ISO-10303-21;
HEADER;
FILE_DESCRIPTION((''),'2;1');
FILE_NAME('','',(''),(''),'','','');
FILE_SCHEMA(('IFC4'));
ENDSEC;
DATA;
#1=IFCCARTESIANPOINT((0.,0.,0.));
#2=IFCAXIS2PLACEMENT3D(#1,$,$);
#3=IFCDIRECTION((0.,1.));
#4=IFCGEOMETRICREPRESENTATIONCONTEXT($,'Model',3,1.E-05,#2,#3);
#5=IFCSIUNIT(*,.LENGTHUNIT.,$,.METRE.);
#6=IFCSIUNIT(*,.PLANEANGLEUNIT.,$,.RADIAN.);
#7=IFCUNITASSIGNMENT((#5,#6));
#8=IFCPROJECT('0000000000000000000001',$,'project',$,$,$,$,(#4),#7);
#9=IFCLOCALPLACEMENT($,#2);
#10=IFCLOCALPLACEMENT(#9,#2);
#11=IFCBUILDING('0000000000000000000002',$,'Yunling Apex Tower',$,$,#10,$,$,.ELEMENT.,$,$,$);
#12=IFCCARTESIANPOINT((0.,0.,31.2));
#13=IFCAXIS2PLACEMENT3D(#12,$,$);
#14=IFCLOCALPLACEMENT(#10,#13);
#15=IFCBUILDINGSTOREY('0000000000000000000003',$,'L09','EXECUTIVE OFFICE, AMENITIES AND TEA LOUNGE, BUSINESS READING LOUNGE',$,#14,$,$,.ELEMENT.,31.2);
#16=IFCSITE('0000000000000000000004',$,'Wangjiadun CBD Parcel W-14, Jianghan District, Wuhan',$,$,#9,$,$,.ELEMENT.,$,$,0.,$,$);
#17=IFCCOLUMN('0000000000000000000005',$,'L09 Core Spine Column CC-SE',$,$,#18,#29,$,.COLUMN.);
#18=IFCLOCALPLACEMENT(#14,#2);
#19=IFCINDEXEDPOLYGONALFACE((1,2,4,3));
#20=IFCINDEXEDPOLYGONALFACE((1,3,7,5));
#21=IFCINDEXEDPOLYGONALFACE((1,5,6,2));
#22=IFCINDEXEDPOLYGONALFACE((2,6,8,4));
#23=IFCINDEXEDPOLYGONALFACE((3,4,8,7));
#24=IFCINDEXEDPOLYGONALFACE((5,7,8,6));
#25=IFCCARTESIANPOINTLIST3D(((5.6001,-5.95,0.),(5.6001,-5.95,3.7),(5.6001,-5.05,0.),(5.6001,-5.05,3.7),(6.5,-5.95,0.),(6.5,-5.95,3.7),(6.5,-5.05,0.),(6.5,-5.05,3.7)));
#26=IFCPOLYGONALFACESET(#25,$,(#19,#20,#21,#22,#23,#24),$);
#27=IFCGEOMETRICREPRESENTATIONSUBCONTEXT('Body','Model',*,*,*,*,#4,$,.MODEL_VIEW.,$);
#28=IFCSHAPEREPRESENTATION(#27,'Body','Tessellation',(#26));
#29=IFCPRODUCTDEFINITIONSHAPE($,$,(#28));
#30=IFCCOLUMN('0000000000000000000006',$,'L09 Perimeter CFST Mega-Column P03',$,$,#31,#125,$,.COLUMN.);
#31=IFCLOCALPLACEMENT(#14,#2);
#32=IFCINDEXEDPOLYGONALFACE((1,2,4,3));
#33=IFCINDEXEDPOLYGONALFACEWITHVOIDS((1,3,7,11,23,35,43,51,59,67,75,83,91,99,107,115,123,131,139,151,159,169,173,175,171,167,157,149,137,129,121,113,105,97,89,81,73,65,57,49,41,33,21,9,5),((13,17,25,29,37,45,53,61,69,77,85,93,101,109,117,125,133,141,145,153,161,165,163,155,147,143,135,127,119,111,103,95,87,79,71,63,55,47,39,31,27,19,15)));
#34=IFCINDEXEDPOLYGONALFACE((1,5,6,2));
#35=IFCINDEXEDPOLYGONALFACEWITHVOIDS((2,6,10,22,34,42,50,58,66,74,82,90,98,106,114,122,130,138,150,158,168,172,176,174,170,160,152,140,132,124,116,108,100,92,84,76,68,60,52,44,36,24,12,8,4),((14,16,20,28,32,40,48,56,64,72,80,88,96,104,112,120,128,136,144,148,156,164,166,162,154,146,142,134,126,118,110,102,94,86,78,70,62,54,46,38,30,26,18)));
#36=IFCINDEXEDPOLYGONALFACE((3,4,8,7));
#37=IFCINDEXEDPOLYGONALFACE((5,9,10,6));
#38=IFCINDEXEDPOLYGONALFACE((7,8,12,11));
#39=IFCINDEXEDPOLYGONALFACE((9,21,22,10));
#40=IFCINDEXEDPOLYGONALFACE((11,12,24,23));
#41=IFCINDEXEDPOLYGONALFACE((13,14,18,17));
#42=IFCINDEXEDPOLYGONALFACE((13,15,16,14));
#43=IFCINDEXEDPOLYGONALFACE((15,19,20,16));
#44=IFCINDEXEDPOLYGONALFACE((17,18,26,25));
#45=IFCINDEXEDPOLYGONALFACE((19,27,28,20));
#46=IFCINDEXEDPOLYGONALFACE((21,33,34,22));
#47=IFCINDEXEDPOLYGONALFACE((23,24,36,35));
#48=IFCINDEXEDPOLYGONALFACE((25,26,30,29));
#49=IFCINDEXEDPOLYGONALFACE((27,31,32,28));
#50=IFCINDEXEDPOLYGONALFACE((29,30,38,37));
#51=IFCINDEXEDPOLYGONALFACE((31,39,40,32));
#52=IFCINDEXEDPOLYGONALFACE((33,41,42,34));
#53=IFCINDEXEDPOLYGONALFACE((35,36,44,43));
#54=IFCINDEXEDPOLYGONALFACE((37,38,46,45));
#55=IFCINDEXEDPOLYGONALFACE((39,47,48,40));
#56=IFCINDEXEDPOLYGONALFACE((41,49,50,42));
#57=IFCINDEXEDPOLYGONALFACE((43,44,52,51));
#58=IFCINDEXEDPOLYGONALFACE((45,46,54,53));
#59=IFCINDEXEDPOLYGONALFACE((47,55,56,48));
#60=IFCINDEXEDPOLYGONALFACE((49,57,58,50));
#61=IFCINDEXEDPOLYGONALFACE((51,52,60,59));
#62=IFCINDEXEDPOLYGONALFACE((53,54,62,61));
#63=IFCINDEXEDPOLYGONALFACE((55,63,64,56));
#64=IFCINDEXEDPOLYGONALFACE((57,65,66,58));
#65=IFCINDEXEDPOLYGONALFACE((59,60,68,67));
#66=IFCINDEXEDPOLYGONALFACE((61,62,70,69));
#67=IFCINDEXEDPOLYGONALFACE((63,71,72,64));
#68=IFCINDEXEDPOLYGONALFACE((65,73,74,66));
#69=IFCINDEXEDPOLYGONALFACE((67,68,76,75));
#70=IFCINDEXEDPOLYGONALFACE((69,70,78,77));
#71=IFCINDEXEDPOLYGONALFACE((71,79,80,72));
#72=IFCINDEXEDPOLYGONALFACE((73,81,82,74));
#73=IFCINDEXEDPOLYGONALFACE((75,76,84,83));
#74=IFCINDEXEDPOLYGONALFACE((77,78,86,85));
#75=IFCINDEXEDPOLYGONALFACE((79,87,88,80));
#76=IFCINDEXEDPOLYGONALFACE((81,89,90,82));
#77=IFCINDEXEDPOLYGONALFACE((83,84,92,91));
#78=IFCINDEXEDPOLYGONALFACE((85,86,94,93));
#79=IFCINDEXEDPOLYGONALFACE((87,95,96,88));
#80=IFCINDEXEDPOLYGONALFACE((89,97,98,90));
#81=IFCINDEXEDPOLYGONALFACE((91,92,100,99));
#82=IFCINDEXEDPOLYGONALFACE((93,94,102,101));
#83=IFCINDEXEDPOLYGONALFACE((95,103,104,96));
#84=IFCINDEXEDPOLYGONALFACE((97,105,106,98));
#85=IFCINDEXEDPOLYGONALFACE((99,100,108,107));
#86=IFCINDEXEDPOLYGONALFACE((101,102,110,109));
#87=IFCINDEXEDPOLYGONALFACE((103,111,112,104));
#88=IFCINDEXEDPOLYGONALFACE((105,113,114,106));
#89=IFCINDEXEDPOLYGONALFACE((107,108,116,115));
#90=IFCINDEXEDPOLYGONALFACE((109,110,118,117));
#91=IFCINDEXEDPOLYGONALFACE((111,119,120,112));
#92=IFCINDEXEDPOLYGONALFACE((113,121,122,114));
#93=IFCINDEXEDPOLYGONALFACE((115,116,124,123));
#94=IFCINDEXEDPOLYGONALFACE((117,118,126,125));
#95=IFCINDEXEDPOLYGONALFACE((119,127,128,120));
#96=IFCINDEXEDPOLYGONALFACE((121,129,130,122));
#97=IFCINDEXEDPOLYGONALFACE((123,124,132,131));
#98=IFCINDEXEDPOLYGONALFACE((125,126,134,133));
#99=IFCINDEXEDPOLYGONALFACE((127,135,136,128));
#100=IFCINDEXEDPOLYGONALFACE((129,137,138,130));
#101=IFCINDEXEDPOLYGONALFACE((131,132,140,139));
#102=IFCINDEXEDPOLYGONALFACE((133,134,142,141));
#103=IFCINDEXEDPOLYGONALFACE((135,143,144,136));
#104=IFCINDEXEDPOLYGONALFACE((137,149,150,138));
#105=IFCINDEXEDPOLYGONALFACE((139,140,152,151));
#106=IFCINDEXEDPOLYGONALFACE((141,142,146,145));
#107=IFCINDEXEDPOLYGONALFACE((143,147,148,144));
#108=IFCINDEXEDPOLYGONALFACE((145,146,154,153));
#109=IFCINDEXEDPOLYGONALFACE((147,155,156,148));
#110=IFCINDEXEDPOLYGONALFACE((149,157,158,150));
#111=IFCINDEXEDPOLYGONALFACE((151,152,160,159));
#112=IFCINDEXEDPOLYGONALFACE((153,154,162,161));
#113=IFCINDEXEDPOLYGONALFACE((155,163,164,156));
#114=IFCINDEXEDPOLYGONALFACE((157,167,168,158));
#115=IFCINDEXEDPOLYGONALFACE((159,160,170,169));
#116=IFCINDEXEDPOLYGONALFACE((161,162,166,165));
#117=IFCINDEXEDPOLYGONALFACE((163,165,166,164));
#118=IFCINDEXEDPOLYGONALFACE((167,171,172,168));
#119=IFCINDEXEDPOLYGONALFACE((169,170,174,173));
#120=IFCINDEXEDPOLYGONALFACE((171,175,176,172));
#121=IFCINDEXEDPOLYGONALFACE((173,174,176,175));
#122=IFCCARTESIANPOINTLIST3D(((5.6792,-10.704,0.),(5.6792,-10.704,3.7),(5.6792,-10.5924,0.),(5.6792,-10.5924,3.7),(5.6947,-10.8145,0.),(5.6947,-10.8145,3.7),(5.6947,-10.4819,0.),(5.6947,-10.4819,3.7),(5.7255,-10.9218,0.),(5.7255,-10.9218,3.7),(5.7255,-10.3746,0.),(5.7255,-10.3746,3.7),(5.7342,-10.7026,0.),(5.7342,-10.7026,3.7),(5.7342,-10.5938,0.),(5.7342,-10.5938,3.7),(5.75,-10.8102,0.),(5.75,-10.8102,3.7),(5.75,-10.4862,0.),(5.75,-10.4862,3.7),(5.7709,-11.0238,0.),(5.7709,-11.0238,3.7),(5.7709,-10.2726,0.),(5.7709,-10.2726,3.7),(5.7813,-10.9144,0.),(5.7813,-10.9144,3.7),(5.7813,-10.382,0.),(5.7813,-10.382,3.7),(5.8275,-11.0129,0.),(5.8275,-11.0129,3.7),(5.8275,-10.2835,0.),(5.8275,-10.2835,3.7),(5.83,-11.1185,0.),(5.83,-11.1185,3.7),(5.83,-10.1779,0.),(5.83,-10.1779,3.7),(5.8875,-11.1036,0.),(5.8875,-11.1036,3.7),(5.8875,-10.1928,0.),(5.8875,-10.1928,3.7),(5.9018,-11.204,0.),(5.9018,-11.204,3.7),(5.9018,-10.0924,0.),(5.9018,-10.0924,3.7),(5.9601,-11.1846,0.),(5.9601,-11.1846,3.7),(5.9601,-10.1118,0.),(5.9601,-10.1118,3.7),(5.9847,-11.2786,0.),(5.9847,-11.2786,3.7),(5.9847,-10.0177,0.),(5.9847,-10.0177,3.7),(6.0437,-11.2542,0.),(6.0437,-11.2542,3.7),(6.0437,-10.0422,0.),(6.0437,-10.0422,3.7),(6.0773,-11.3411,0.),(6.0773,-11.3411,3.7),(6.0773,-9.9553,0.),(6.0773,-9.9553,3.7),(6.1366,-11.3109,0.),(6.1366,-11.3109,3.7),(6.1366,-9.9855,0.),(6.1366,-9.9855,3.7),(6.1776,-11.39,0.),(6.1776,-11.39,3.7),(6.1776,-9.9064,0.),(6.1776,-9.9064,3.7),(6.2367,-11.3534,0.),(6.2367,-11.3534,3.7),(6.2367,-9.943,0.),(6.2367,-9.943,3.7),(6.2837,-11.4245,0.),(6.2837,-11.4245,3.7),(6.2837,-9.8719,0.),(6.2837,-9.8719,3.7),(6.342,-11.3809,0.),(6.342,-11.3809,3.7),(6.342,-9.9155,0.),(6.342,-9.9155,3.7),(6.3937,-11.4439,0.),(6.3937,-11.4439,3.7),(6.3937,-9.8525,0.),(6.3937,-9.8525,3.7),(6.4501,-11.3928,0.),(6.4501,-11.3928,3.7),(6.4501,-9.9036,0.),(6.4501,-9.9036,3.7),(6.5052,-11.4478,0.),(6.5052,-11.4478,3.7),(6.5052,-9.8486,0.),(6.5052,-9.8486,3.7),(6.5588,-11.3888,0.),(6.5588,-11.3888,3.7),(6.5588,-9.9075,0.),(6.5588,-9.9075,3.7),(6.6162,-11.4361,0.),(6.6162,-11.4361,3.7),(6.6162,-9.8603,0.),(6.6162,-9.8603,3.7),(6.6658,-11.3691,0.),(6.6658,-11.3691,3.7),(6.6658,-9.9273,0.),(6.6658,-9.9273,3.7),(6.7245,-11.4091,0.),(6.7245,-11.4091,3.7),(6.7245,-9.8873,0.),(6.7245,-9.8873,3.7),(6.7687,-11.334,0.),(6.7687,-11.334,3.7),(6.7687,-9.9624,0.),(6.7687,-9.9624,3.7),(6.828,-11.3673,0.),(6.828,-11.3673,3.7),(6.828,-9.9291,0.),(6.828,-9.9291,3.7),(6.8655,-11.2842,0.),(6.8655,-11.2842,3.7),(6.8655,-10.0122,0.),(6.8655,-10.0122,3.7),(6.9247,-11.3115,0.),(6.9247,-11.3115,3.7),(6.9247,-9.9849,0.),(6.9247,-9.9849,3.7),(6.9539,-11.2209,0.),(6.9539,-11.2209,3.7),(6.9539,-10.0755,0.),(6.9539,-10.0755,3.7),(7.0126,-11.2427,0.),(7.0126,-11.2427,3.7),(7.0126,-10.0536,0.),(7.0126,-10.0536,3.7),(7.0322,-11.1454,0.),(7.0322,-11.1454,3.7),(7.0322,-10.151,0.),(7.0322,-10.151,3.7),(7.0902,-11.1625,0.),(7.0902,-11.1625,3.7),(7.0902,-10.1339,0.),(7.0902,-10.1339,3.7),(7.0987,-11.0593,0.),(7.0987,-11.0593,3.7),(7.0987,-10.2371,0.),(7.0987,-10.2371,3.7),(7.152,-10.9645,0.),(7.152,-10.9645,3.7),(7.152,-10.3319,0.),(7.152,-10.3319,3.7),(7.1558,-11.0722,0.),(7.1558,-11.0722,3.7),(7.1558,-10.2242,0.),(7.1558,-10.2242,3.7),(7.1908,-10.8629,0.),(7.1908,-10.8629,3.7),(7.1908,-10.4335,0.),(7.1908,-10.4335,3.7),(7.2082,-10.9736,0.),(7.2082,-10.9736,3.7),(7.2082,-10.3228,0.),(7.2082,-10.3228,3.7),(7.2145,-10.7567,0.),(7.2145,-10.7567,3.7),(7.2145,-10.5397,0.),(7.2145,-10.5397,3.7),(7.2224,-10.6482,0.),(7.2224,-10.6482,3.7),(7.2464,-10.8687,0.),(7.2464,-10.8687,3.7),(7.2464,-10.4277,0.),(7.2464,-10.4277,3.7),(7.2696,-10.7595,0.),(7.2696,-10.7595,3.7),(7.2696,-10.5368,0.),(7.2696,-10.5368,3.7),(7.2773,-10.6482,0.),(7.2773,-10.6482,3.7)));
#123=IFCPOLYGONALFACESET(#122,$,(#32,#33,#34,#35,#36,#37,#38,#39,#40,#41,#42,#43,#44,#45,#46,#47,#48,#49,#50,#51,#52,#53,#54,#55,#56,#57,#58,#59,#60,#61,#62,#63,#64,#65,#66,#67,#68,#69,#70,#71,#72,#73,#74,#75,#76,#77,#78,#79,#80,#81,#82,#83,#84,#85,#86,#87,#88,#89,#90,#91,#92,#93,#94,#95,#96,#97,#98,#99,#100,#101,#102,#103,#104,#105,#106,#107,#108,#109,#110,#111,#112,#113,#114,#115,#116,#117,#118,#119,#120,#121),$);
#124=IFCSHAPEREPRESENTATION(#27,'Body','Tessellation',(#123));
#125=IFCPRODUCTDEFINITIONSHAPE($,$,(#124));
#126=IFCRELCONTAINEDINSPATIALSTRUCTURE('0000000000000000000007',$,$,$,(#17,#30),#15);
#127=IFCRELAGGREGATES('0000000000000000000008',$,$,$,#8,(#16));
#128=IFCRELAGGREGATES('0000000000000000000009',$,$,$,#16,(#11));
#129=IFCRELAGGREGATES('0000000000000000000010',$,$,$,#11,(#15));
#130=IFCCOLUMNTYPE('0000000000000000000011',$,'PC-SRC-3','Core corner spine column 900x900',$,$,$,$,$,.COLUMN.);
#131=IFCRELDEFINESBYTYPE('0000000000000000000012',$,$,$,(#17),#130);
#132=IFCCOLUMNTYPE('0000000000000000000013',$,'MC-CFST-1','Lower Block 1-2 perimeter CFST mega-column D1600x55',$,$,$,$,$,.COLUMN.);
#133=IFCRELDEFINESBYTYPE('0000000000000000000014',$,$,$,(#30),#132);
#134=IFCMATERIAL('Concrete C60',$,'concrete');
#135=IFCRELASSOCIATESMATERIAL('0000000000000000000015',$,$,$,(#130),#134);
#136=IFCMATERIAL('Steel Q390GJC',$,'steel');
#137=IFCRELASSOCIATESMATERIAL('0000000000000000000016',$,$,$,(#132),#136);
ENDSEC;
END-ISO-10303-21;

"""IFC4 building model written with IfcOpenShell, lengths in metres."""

from ifc_helpers import new_model, si_unit, direction, frame, origin, origin_2d, place, context, subcontext, project, spatial, rectangle, hollow_circle, extrude, source, transform, mapped, material, material_profile, profile_set, type_object, element, save


model = new_model("IFC4")

# Units and contexts
model_context = context("Model", 3, precision=1e-05, world=origin(), true_north=direction((0.0, 1.0)))
body_context = subcontext(model_context, "Body", "Model", "MODEL_VIEW")
ifc_project = project(units=[si_unit("LENGTHUNIT", "METRE"), si_unit("PLANEANGLEUNIT", "RADIAN")], contexts=[model_context])

# Site, building, storey
site_placement = place(None, origin())
site = spatial("IfcSite", under=ifc_project, at=site_placement, Name="Wangjiadun CBD Parcel W-14, Jianghan District, Wuhan", CompositionType="ELEMENT", RefElevation=0.0)
building_placement = place(site_placement, origin())
building = spatial("IfcBuilding", under=site, at=building_placement, Name="Yunling Apex Tower", CompositionType="ELEMENT")
storey_placement = place(building_placement, frame((0.0, 0.0, 31.2)))
storey = spatial("IfcBuildingStorey", under=building, at=storey_placement, Name="L09", Description="EXECUTIVE OFFICE, AMENITIES AND TEA LOUNGE, BUSINESS READING LOUNGE", CompositionType="ELEMENT", Elevation=31.2)

# Columns
ifc_material_1 = material(Name="Concrete C60", Category="concrete")
ifc_material_profile_1 = material_profile(ifc_material_1, rectangle(XDim=0.8999, YDim=0.8999, at=origin_2d()))
ifc_profile_set_1 = profile_set([ifc_material_profile_1], Name="Concrete C60")
column_type_1 = type_object("IfcColumnType", Name="PC-SRC-3", Description="Core corner spine column 900x900", PredefinedType="COLUMN", material=ifc_profile_set_1)
shared_shape_1 = source(origin(), body_context, "Body", "SweptSolid", [
    extrude(rectangle(XDim=0.8999, YDim=0.8999, at=origin_2d()), origin(), (0.0, 0.0, 1.0), 3.7),
])
column_placement = place(storey_placement, frame((6.05, -5.5, 0.0), z_axis=(0.0, 0.0, 1.0), x_axis=(1.0, 0.0, 0.0)))
element("IfcColumn", 1, at=column_placement, inside=storey, type_object=column_type_1, Name="L09 Core Spine Column CC-SE", PredefinedType="COLUMN", context=body_context, shape_type="MappedRepresentation", body=[
    mapped(shared_shape_1, transform((0.0, 0.0, 0.0), scale=1.0)),
])
ifc_material_2 = material(Name="Steel Q390GJC", Category="steel")
ifc_material_profile_2 = material_profile(ifc_material_2, hollow_circle(Radius=0.8, WallThickness=0.0549, at=origin_2d()))
ifc_profile_set_2 = profile_set([ifc_material_profile_2], Name="Steel Q390GJC")
column_type_2 = type_object("IfcColumnType", Name="MC-CFST-1", Description="Lower Block 1-2 perimeter CFST mega-column D1600x55", PredefinedType="COLUMN", material=ifc_profile_set_2)
shared_shape_2 = source(origin(), body_context, "Body", "SweptSolid", [
    extrude(hollow_circle(Radius=0.8, WallThickness=0.0549, at=origin_2d()), origin(), (0.0, 0.0, 1.0), 3.7),
])
for number, where, z_axis, x_axis, name in (
    (2, (6.4773, -10.6482, 0.0), (0.0, 0.0, 1.0), (1.0, 0.0, 0.0), "L09 Perimeter CFST Mega-Column P03"),
):
    element("IfcColumn", number, at=place(storey_placement, frame(where, z_axis=z_axis, x_axis=x_axis)), inside=storey, type_object=column_type_2, Name=name, PredefinedType="COLUMN", context=body_context, shape_type="MappedRepresentation", body=[
        mapped(shared_shape_2, transform((0.0, 0.0, 0.0), scale=1.0)),
    ])

save(model, "model.ifc")
